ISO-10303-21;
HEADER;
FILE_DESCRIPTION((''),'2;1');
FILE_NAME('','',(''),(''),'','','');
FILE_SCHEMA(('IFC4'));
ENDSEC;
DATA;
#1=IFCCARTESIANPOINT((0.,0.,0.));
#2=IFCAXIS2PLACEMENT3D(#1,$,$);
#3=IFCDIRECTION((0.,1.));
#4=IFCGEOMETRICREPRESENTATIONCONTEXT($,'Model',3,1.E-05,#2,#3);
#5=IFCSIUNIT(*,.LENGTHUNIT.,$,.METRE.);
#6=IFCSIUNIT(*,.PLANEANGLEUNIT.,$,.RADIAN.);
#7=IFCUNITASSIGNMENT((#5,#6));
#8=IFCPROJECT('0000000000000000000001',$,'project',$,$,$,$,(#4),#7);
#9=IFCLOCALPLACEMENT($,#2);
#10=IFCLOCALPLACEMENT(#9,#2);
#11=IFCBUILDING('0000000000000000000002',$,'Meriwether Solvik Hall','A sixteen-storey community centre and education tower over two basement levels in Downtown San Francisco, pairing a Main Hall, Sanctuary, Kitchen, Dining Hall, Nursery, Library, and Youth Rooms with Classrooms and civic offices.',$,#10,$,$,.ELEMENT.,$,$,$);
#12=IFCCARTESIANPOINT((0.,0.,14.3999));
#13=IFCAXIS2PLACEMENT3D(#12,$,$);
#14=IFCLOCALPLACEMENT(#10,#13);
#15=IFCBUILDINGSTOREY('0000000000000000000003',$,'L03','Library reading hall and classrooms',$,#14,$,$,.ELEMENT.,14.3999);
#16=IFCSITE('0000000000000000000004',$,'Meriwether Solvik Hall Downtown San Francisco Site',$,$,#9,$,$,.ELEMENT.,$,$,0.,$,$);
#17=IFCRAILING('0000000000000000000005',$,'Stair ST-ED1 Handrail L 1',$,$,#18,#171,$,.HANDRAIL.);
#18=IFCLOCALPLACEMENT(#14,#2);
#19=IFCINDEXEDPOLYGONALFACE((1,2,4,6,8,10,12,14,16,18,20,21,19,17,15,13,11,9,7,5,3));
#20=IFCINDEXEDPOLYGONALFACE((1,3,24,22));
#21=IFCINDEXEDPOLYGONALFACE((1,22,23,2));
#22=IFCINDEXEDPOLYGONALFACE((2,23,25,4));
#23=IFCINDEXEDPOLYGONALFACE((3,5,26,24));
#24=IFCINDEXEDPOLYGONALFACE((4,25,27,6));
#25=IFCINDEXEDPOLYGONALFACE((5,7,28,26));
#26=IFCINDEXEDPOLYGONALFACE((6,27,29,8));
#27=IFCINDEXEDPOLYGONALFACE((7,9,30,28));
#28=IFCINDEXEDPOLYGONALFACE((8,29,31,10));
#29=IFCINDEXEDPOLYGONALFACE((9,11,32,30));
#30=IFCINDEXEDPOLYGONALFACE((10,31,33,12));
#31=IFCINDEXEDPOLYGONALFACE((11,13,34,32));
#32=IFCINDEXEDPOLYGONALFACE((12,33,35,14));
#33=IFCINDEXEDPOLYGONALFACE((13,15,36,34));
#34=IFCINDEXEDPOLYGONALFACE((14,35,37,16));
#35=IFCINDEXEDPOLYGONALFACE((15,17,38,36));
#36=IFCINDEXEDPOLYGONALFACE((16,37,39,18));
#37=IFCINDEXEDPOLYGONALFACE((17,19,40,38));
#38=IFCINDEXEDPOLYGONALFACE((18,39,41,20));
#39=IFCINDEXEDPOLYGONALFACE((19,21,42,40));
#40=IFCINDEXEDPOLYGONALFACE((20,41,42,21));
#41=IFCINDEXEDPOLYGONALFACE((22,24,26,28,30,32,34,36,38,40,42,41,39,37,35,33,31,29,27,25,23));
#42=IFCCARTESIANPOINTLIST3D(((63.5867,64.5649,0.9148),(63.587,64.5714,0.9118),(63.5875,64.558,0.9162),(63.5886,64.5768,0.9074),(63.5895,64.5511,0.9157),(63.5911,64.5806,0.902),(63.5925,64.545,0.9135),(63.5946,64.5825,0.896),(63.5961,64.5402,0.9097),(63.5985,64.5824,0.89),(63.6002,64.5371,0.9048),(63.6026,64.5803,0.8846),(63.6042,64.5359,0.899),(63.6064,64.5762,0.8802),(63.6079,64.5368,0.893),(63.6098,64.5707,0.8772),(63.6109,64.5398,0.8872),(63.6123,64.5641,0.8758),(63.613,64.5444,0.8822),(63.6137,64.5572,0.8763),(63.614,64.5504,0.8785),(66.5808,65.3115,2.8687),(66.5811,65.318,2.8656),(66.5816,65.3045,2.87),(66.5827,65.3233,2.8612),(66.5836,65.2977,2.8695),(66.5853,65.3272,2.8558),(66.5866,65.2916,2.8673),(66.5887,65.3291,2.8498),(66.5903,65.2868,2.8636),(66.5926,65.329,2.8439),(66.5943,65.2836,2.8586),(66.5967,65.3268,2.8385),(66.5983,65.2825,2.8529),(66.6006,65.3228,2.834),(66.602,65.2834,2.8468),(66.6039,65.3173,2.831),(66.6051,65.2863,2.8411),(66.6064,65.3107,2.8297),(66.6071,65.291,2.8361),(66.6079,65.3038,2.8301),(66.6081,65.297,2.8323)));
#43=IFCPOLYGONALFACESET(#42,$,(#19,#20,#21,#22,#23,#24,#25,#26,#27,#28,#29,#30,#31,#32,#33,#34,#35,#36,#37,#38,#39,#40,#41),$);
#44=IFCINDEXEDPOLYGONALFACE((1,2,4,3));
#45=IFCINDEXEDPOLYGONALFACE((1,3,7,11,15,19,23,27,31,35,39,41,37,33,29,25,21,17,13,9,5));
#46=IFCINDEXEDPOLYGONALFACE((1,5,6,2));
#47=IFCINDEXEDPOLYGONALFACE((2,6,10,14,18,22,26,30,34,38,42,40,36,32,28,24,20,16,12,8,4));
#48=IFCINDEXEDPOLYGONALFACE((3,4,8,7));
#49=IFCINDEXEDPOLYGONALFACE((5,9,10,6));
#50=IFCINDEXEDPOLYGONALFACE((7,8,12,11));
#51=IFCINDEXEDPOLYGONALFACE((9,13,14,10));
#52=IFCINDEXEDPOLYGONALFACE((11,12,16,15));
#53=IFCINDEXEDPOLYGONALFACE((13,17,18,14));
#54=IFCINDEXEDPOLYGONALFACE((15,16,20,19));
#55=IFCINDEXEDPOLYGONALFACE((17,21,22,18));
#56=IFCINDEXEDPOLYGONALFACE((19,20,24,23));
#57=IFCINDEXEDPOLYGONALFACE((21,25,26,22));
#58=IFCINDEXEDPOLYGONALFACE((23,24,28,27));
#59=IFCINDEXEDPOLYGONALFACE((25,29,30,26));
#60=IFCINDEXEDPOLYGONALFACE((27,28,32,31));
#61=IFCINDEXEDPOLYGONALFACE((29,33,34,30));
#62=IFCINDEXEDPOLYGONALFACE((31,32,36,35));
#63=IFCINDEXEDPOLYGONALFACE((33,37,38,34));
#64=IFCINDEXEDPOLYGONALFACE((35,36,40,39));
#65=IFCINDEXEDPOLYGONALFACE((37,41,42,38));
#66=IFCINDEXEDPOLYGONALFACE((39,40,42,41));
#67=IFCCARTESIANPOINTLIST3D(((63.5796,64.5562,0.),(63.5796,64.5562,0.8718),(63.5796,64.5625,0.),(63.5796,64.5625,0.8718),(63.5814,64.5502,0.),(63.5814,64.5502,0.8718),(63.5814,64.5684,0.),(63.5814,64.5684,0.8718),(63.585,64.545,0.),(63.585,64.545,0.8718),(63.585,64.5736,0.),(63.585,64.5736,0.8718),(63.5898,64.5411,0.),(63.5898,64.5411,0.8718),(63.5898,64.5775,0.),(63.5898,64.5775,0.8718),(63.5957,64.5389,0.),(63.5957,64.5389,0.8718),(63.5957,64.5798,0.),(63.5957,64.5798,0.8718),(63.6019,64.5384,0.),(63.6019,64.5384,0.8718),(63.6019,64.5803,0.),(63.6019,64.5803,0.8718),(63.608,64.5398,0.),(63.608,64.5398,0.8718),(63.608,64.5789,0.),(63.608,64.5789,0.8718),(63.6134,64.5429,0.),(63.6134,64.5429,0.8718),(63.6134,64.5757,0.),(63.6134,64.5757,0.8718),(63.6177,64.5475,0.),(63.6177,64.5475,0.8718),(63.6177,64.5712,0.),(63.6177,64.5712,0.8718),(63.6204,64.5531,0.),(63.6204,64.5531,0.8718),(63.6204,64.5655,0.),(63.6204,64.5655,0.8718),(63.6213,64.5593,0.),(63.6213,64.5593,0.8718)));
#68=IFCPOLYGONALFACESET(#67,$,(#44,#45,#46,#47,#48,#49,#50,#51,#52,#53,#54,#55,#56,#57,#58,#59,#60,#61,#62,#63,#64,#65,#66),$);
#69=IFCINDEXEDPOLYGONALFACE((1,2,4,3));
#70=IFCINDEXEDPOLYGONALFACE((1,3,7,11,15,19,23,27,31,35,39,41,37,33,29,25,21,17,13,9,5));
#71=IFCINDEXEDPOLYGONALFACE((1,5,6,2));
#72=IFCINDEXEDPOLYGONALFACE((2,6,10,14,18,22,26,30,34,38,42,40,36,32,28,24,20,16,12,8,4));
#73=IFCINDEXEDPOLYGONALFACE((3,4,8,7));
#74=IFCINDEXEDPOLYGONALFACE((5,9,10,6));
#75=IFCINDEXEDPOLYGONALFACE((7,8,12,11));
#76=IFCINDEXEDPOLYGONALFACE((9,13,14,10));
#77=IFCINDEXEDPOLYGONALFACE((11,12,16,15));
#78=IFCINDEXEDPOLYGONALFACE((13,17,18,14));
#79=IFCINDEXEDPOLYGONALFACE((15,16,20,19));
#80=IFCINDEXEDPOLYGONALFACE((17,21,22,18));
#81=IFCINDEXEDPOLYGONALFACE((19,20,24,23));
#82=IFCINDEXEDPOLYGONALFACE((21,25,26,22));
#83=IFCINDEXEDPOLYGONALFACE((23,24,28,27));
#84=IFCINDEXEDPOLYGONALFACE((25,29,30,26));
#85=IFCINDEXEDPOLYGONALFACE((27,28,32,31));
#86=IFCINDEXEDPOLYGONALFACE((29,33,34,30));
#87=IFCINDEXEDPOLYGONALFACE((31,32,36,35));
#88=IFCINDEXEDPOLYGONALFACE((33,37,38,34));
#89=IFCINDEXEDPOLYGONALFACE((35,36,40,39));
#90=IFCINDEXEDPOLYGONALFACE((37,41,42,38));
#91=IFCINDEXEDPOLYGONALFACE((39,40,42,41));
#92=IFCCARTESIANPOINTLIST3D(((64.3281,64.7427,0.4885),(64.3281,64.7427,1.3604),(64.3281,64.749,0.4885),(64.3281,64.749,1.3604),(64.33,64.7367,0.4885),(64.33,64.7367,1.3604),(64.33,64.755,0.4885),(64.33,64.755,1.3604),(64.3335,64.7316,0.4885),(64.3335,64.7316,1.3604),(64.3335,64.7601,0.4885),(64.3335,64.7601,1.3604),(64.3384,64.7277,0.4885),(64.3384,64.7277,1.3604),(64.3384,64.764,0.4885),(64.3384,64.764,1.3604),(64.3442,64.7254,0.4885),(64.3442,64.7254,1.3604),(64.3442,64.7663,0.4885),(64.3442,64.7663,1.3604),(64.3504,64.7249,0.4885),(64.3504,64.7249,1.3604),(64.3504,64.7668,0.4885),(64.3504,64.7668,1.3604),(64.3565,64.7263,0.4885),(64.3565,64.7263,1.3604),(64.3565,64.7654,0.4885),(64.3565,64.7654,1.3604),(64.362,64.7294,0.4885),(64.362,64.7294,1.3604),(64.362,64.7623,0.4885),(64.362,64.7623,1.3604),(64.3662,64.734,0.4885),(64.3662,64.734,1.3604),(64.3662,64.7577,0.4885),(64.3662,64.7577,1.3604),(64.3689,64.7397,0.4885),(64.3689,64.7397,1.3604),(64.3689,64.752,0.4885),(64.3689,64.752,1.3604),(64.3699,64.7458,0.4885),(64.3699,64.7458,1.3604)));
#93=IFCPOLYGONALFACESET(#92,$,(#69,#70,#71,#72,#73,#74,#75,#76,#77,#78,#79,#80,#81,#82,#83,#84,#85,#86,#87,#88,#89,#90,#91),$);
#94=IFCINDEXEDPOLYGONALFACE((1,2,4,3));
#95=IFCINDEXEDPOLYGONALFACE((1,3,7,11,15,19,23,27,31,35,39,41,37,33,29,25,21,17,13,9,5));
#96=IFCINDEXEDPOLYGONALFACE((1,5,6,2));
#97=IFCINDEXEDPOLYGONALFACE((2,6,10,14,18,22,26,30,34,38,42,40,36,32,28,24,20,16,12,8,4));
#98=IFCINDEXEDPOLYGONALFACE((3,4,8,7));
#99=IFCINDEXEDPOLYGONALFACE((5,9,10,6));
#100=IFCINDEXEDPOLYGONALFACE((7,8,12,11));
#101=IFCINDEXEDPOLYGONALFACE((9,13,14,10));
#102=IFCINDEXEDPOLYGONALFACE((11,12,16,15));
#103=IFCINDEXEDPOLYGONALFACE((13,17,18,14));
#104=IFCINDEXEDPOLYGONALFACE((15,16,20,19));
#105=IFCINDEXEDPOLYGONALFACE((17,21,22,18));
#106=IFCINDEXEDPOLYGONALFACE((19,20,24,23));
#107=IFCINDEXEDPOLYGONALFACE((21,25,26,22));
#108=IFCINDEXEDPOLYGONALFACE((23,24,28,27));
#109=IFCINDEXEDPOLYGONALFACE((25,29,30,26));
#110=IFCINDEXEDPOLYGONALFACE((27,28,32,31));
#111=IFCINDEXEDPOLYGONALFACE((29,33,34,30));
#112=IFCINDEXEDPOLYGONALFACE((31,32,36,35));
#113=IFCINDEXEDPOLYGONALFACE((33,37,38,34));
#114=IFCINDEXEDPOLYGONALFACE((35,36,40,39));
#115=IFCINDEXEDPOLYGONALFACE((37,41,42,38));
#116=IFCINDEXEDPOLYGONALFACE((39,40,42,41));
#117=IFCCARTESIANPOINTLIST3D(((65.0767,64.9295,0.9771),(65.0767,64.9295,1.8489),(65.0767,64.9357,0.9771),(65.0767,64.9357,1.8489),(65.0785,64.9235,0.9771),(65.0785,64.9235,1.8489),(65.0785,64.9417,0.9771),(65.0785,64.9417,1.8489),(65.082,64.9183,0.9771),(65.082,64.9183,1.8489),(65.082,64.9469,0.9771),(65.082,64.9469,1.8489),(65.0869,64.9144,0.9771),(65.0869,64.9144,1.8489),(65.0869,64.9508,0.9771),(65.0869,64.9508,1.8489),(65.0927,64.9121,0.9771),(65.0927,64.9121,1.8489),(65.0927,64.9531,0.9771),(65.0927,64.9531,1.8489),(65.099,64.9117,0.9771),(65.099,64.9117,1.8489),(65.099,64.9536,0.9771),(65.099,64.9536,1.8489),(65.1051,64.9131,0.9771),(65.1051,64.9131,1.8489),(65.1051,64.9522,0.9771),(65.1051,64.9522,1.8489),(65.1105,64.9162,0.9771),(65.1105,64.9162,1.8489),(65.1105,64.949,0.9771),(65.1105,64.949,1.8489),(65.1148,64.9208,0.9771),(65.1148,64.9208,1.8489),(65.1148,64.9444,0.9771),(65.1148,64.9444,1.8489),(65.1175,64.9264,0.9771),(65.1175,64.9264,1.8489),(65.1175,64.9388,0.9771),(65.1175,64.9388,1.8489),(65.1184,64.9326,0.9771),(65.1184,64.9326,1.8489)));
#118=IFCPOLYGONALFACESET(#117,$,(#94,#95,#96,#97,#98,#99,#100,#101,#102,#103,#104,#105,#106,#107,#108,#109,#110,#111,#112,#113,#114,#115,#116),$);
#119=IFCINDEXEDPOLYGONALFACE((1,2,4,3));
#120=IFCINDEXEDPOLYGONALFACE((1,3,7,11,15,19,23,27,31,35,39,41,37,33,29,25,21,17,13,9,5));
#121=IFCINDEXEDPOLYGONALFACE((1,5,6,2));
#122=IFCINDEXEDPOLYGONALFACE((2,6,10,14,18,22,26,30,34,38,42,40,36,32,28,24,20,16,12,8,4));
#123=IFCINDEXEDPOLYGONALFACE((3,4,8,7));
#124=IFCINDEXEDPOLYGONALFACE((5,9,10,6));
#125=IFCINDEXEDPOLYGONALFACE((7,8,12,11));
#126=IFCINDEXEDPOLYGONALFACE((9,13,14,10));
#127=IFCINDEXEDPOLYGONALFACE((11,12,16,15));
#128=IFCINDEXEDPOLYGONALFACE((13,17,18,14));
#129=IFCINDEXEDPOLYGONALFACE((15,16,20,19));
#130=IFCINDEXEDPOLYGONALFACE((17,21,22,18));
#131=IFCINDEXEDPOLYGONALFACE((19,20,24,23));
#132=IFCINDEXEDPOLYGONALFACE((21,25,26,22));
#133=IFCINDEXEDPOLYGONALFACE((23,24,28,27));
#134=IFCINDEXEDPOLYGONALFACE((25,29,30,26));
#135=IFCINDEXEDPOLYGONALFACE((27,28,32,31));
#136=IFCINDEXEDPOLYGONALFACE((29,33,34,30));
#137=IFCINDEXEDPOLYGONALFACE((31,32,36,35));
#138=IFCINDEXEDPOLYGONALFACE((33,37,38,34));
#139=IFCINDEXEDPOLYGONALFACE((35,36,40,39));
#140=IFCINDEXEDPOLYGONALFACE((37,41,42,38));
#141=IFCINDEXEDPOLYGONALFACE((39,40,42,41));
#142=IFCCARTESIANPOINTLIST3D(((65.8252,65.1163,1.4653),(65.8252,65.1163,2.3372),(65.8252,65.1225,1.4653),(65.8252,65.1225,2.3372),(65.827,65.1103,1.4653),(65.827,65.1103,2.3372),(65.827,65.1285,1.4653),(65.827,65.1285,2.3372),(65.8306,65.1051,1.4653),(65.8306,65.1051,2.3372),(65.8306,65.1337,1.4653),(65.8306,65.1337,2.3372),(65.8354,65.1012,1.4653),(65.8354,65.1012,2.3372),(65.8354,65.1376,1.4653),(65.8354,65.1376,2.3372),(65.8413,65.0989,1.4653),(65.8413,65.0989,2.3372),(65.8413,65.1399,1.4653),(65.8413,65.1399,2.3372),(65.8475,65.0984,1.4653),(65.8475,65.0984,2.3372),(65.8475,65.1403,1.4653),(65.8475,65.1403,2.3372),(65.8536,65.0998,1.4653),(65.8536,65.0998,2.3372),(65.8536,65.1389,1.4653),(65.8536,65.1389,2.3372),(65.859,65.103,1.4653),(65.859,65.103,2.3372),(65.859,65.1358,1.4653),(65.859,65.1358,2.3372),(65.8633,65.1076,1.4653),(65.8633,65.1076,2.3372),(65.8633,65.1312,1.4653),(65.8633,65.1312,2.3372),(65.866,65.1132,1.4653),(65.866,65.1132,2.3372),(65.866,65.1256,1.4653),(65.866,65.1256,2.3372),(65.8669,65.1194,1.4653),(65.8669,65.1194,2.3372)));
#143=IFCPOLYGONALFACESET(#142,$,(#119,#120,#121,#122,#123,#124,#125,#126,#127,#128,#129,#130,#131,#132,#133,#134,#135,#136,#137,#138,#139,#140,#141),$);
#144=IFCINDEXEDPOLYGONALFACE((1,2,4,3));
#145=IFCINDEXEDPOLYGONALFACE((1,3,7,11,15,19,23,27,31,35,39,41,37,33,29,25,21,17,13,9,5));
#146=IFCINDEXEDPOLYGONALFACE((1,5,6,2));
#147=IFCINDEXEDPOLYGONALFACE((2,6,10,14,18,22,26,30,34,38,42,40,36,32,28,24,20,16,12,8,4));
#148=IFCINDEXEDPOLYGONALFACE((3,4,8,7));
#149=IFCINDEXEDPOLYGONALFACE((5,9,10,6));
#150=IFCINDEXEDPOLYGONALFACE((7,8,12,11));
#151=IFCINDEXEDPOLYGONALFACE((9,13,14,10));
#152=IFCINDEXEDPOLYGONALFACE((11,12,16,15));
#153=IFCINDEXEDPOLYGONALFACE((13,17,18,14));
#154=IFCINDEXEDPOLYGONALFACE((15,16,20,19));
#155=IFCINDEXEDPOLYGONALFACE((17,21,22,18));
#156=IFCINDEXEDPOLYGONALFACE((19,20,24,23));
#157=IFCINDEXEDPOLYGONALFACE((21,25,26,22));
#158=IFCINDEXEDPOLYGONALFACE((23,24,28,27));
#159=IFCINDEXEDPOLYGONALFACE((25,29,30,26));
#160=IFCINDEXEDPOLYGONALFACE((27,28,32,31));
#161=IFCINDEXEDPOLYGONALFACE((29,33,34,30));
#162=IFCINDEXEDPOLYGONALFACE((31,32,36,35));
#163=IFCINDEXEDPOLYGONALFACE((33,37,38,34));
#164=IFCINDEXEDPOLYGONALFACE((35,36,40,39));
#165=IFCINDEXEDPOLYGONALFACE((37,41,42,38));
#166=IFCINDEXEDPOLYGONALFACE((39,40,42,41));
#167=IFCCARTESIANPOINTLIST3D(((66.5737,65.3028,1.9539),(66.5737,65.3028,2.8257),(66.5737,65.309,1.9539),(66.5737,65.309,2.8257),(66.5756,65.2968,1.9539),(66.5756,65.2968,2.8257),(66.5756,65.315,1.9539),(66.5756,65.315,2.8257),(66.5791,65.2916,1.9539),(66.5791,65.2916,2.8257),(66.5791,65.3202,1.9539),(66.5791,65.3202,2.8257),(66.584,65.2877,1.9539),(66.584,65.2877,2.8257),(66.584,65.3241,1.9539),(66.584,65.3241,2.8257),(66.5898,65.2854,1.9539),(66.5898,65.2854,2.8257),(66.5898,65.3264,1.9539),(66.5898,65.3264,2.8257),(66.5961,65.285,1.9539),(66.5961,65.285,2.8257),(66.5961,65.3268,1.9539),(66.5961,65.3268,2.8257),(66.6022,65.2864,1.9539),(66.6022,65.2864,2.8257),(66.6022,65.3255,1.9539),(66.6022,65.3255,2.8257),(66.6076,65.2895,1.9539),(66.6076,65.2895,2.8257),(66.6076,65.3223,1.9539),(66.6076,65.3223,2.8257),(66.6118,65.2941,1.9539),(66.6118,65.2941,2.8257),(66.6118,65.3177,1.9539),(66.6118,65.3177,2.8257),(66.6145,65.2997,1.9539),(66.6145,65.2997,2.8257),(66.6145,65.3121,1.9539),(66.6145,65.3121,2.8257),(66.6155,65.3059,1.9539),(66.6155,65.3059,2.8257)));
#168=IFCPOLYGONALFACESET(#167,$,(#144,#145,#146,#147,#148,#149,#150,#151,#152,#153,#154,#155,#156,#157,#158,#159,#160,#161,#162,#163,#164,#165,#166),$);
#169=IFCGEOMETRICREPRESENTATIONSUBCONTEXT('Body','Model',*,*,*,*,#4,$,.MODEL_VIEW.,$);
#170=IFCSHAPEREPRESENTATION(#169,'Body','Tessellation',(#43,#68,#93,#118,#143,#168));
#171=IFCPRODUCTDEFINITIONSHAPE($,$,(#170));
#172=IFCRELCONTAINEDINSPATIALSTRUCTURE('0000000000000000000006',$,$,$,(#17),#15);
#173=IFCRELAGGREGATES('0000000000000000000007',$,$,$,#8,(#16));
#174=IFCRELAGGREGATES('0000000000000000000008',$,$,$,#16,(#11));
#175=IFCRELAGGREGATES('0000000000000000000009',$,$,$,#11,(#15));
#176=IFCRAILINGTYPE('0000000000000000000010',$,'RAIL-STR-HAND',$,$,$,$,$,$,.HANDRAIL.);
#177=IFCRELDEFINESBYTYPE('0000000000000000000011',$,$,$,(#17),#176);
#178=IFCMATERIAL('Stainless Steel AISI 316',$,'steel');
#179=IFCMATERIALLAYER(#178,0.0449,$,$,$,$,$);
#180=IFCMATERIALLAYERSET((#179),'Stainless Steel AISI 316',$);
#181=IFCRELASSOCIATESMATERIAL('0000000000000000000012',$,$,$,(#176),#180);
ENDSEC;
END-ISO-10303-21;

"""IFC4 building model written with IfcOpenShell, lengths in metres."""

from ifc_helpers import new_model, si_unit, direction, frame, origin, origin_2d, place, context, subcontext, project, spatial, circle, extrude, material, layer, layer_set, type_object, element, save


model = new_model("IFC4")

# Units and contexts
model_context = context("Model", 3, precision=1e-05, world=origin(), true_north=direction((0.0, 1.0)))
body_context = subcontext(model_context, "Body", "Model", "MODEL_VIEW")
ifc_project = project(units=[si_unit("LENGTHUNIT", "METRE"), si_unit("PLANEANGLEUNIT", "RADIAN")], contexts=[model_context])

# Site, building, storey
site_placement = place(None, origin())
site = spatial("IfcSite", under=ifc_project, at=site_placement, Name="Meriwether Solvik Hall Downtown San Francisco Site", CompositionType="ELEMENT", RefElevation=0.0)
building_placement = place(site_placement, origin())
building = spatial("IfcBuilding", under=site, at=building_placement, Name="Meriwether Solvik Hall", Description="A sixteen-storey community centre and education tower over two basement levels in Downtown San Francisco, pairing a Main Hall, Sanctuary, Kitchen, Dining Hall, Nursery, Library, and Youth Rooms with Classrooms and civic offices.", CompositionType="ELEMENT")
storey_placement = place(building_placement, frame((0.0, 0.0, 14.3999)))
storey = spatial("IfcBuildingStorey", under=building, at=storey_placement, Name="L03", Description="Library reading hall and classrooms", CompositionType="ELEMENT", Elevation=14.3999)

# Railing
ifc_material_1 = material(Name="Stainless Steel AISI 316", Category="steel")
ifc_layer_1 = layer(ifc_material_1, 0.0449)
ifc_layer_set_1 = layer_set([ifc_layer_1], Name="Stainless Steel AISI 316")
railing_type_1 = type_object("IfcRailingType", Name="RAIL-STR-HAND", PredefinedType="HANDRAIL", material=ifc_layer_set_1)
railing_1_placement = place(storey_placement, frame((63.6003, 64.5593, 0.0)))
element("IfcRailing", 1, at=railing_1_placement, inside=storey, type_object=railing_type_1, Name="Stair ST-ED1 Handrail L 1", PredefinedType="HANDRAIL", context=body_context, shape_type="SweptSolid", body=[
    extrude(circle(Radius=0.0239, at=origin_2d()), frame((0.0, 0.0, 0.896), z_axis=(0.81978, 0.20441, 0.534956), x_axis=(-0.24194, 0.970291, 0.0)), (0.0, 0.0, 1.0), 3.6523),
    extrude(circle(Radius=0.021, at=origin_2d()), origin(), (0.0, 0.0, 1.0), 0.8718),
    extrude(circle(Radius=0.021, at=origin_2d()), frame((0.7485, 0.1865, 0.4885)), (0.0, 0.0, 1.0), 0.8718),
    extrude(circle(Radius=0.021, at=origin_2d()), frame((1.4971, 0.3733, 0.9771)), (0.0, 0.0, 1.0), 0.8718),
    extrude(circle(Radius=0.021, at=origin_2d()), frame((2.2456, 0.5601, 1.4653)), (0.0, 0.0, 1.0), 0.8718),
    extrude(circle(Radius=0.021, at=origin_2d()), frame((2.9941, 0.7466, 1.9539)), (0.0, 0.0, 1.0), 0.8718),
])

save(model, "model.ifc")
